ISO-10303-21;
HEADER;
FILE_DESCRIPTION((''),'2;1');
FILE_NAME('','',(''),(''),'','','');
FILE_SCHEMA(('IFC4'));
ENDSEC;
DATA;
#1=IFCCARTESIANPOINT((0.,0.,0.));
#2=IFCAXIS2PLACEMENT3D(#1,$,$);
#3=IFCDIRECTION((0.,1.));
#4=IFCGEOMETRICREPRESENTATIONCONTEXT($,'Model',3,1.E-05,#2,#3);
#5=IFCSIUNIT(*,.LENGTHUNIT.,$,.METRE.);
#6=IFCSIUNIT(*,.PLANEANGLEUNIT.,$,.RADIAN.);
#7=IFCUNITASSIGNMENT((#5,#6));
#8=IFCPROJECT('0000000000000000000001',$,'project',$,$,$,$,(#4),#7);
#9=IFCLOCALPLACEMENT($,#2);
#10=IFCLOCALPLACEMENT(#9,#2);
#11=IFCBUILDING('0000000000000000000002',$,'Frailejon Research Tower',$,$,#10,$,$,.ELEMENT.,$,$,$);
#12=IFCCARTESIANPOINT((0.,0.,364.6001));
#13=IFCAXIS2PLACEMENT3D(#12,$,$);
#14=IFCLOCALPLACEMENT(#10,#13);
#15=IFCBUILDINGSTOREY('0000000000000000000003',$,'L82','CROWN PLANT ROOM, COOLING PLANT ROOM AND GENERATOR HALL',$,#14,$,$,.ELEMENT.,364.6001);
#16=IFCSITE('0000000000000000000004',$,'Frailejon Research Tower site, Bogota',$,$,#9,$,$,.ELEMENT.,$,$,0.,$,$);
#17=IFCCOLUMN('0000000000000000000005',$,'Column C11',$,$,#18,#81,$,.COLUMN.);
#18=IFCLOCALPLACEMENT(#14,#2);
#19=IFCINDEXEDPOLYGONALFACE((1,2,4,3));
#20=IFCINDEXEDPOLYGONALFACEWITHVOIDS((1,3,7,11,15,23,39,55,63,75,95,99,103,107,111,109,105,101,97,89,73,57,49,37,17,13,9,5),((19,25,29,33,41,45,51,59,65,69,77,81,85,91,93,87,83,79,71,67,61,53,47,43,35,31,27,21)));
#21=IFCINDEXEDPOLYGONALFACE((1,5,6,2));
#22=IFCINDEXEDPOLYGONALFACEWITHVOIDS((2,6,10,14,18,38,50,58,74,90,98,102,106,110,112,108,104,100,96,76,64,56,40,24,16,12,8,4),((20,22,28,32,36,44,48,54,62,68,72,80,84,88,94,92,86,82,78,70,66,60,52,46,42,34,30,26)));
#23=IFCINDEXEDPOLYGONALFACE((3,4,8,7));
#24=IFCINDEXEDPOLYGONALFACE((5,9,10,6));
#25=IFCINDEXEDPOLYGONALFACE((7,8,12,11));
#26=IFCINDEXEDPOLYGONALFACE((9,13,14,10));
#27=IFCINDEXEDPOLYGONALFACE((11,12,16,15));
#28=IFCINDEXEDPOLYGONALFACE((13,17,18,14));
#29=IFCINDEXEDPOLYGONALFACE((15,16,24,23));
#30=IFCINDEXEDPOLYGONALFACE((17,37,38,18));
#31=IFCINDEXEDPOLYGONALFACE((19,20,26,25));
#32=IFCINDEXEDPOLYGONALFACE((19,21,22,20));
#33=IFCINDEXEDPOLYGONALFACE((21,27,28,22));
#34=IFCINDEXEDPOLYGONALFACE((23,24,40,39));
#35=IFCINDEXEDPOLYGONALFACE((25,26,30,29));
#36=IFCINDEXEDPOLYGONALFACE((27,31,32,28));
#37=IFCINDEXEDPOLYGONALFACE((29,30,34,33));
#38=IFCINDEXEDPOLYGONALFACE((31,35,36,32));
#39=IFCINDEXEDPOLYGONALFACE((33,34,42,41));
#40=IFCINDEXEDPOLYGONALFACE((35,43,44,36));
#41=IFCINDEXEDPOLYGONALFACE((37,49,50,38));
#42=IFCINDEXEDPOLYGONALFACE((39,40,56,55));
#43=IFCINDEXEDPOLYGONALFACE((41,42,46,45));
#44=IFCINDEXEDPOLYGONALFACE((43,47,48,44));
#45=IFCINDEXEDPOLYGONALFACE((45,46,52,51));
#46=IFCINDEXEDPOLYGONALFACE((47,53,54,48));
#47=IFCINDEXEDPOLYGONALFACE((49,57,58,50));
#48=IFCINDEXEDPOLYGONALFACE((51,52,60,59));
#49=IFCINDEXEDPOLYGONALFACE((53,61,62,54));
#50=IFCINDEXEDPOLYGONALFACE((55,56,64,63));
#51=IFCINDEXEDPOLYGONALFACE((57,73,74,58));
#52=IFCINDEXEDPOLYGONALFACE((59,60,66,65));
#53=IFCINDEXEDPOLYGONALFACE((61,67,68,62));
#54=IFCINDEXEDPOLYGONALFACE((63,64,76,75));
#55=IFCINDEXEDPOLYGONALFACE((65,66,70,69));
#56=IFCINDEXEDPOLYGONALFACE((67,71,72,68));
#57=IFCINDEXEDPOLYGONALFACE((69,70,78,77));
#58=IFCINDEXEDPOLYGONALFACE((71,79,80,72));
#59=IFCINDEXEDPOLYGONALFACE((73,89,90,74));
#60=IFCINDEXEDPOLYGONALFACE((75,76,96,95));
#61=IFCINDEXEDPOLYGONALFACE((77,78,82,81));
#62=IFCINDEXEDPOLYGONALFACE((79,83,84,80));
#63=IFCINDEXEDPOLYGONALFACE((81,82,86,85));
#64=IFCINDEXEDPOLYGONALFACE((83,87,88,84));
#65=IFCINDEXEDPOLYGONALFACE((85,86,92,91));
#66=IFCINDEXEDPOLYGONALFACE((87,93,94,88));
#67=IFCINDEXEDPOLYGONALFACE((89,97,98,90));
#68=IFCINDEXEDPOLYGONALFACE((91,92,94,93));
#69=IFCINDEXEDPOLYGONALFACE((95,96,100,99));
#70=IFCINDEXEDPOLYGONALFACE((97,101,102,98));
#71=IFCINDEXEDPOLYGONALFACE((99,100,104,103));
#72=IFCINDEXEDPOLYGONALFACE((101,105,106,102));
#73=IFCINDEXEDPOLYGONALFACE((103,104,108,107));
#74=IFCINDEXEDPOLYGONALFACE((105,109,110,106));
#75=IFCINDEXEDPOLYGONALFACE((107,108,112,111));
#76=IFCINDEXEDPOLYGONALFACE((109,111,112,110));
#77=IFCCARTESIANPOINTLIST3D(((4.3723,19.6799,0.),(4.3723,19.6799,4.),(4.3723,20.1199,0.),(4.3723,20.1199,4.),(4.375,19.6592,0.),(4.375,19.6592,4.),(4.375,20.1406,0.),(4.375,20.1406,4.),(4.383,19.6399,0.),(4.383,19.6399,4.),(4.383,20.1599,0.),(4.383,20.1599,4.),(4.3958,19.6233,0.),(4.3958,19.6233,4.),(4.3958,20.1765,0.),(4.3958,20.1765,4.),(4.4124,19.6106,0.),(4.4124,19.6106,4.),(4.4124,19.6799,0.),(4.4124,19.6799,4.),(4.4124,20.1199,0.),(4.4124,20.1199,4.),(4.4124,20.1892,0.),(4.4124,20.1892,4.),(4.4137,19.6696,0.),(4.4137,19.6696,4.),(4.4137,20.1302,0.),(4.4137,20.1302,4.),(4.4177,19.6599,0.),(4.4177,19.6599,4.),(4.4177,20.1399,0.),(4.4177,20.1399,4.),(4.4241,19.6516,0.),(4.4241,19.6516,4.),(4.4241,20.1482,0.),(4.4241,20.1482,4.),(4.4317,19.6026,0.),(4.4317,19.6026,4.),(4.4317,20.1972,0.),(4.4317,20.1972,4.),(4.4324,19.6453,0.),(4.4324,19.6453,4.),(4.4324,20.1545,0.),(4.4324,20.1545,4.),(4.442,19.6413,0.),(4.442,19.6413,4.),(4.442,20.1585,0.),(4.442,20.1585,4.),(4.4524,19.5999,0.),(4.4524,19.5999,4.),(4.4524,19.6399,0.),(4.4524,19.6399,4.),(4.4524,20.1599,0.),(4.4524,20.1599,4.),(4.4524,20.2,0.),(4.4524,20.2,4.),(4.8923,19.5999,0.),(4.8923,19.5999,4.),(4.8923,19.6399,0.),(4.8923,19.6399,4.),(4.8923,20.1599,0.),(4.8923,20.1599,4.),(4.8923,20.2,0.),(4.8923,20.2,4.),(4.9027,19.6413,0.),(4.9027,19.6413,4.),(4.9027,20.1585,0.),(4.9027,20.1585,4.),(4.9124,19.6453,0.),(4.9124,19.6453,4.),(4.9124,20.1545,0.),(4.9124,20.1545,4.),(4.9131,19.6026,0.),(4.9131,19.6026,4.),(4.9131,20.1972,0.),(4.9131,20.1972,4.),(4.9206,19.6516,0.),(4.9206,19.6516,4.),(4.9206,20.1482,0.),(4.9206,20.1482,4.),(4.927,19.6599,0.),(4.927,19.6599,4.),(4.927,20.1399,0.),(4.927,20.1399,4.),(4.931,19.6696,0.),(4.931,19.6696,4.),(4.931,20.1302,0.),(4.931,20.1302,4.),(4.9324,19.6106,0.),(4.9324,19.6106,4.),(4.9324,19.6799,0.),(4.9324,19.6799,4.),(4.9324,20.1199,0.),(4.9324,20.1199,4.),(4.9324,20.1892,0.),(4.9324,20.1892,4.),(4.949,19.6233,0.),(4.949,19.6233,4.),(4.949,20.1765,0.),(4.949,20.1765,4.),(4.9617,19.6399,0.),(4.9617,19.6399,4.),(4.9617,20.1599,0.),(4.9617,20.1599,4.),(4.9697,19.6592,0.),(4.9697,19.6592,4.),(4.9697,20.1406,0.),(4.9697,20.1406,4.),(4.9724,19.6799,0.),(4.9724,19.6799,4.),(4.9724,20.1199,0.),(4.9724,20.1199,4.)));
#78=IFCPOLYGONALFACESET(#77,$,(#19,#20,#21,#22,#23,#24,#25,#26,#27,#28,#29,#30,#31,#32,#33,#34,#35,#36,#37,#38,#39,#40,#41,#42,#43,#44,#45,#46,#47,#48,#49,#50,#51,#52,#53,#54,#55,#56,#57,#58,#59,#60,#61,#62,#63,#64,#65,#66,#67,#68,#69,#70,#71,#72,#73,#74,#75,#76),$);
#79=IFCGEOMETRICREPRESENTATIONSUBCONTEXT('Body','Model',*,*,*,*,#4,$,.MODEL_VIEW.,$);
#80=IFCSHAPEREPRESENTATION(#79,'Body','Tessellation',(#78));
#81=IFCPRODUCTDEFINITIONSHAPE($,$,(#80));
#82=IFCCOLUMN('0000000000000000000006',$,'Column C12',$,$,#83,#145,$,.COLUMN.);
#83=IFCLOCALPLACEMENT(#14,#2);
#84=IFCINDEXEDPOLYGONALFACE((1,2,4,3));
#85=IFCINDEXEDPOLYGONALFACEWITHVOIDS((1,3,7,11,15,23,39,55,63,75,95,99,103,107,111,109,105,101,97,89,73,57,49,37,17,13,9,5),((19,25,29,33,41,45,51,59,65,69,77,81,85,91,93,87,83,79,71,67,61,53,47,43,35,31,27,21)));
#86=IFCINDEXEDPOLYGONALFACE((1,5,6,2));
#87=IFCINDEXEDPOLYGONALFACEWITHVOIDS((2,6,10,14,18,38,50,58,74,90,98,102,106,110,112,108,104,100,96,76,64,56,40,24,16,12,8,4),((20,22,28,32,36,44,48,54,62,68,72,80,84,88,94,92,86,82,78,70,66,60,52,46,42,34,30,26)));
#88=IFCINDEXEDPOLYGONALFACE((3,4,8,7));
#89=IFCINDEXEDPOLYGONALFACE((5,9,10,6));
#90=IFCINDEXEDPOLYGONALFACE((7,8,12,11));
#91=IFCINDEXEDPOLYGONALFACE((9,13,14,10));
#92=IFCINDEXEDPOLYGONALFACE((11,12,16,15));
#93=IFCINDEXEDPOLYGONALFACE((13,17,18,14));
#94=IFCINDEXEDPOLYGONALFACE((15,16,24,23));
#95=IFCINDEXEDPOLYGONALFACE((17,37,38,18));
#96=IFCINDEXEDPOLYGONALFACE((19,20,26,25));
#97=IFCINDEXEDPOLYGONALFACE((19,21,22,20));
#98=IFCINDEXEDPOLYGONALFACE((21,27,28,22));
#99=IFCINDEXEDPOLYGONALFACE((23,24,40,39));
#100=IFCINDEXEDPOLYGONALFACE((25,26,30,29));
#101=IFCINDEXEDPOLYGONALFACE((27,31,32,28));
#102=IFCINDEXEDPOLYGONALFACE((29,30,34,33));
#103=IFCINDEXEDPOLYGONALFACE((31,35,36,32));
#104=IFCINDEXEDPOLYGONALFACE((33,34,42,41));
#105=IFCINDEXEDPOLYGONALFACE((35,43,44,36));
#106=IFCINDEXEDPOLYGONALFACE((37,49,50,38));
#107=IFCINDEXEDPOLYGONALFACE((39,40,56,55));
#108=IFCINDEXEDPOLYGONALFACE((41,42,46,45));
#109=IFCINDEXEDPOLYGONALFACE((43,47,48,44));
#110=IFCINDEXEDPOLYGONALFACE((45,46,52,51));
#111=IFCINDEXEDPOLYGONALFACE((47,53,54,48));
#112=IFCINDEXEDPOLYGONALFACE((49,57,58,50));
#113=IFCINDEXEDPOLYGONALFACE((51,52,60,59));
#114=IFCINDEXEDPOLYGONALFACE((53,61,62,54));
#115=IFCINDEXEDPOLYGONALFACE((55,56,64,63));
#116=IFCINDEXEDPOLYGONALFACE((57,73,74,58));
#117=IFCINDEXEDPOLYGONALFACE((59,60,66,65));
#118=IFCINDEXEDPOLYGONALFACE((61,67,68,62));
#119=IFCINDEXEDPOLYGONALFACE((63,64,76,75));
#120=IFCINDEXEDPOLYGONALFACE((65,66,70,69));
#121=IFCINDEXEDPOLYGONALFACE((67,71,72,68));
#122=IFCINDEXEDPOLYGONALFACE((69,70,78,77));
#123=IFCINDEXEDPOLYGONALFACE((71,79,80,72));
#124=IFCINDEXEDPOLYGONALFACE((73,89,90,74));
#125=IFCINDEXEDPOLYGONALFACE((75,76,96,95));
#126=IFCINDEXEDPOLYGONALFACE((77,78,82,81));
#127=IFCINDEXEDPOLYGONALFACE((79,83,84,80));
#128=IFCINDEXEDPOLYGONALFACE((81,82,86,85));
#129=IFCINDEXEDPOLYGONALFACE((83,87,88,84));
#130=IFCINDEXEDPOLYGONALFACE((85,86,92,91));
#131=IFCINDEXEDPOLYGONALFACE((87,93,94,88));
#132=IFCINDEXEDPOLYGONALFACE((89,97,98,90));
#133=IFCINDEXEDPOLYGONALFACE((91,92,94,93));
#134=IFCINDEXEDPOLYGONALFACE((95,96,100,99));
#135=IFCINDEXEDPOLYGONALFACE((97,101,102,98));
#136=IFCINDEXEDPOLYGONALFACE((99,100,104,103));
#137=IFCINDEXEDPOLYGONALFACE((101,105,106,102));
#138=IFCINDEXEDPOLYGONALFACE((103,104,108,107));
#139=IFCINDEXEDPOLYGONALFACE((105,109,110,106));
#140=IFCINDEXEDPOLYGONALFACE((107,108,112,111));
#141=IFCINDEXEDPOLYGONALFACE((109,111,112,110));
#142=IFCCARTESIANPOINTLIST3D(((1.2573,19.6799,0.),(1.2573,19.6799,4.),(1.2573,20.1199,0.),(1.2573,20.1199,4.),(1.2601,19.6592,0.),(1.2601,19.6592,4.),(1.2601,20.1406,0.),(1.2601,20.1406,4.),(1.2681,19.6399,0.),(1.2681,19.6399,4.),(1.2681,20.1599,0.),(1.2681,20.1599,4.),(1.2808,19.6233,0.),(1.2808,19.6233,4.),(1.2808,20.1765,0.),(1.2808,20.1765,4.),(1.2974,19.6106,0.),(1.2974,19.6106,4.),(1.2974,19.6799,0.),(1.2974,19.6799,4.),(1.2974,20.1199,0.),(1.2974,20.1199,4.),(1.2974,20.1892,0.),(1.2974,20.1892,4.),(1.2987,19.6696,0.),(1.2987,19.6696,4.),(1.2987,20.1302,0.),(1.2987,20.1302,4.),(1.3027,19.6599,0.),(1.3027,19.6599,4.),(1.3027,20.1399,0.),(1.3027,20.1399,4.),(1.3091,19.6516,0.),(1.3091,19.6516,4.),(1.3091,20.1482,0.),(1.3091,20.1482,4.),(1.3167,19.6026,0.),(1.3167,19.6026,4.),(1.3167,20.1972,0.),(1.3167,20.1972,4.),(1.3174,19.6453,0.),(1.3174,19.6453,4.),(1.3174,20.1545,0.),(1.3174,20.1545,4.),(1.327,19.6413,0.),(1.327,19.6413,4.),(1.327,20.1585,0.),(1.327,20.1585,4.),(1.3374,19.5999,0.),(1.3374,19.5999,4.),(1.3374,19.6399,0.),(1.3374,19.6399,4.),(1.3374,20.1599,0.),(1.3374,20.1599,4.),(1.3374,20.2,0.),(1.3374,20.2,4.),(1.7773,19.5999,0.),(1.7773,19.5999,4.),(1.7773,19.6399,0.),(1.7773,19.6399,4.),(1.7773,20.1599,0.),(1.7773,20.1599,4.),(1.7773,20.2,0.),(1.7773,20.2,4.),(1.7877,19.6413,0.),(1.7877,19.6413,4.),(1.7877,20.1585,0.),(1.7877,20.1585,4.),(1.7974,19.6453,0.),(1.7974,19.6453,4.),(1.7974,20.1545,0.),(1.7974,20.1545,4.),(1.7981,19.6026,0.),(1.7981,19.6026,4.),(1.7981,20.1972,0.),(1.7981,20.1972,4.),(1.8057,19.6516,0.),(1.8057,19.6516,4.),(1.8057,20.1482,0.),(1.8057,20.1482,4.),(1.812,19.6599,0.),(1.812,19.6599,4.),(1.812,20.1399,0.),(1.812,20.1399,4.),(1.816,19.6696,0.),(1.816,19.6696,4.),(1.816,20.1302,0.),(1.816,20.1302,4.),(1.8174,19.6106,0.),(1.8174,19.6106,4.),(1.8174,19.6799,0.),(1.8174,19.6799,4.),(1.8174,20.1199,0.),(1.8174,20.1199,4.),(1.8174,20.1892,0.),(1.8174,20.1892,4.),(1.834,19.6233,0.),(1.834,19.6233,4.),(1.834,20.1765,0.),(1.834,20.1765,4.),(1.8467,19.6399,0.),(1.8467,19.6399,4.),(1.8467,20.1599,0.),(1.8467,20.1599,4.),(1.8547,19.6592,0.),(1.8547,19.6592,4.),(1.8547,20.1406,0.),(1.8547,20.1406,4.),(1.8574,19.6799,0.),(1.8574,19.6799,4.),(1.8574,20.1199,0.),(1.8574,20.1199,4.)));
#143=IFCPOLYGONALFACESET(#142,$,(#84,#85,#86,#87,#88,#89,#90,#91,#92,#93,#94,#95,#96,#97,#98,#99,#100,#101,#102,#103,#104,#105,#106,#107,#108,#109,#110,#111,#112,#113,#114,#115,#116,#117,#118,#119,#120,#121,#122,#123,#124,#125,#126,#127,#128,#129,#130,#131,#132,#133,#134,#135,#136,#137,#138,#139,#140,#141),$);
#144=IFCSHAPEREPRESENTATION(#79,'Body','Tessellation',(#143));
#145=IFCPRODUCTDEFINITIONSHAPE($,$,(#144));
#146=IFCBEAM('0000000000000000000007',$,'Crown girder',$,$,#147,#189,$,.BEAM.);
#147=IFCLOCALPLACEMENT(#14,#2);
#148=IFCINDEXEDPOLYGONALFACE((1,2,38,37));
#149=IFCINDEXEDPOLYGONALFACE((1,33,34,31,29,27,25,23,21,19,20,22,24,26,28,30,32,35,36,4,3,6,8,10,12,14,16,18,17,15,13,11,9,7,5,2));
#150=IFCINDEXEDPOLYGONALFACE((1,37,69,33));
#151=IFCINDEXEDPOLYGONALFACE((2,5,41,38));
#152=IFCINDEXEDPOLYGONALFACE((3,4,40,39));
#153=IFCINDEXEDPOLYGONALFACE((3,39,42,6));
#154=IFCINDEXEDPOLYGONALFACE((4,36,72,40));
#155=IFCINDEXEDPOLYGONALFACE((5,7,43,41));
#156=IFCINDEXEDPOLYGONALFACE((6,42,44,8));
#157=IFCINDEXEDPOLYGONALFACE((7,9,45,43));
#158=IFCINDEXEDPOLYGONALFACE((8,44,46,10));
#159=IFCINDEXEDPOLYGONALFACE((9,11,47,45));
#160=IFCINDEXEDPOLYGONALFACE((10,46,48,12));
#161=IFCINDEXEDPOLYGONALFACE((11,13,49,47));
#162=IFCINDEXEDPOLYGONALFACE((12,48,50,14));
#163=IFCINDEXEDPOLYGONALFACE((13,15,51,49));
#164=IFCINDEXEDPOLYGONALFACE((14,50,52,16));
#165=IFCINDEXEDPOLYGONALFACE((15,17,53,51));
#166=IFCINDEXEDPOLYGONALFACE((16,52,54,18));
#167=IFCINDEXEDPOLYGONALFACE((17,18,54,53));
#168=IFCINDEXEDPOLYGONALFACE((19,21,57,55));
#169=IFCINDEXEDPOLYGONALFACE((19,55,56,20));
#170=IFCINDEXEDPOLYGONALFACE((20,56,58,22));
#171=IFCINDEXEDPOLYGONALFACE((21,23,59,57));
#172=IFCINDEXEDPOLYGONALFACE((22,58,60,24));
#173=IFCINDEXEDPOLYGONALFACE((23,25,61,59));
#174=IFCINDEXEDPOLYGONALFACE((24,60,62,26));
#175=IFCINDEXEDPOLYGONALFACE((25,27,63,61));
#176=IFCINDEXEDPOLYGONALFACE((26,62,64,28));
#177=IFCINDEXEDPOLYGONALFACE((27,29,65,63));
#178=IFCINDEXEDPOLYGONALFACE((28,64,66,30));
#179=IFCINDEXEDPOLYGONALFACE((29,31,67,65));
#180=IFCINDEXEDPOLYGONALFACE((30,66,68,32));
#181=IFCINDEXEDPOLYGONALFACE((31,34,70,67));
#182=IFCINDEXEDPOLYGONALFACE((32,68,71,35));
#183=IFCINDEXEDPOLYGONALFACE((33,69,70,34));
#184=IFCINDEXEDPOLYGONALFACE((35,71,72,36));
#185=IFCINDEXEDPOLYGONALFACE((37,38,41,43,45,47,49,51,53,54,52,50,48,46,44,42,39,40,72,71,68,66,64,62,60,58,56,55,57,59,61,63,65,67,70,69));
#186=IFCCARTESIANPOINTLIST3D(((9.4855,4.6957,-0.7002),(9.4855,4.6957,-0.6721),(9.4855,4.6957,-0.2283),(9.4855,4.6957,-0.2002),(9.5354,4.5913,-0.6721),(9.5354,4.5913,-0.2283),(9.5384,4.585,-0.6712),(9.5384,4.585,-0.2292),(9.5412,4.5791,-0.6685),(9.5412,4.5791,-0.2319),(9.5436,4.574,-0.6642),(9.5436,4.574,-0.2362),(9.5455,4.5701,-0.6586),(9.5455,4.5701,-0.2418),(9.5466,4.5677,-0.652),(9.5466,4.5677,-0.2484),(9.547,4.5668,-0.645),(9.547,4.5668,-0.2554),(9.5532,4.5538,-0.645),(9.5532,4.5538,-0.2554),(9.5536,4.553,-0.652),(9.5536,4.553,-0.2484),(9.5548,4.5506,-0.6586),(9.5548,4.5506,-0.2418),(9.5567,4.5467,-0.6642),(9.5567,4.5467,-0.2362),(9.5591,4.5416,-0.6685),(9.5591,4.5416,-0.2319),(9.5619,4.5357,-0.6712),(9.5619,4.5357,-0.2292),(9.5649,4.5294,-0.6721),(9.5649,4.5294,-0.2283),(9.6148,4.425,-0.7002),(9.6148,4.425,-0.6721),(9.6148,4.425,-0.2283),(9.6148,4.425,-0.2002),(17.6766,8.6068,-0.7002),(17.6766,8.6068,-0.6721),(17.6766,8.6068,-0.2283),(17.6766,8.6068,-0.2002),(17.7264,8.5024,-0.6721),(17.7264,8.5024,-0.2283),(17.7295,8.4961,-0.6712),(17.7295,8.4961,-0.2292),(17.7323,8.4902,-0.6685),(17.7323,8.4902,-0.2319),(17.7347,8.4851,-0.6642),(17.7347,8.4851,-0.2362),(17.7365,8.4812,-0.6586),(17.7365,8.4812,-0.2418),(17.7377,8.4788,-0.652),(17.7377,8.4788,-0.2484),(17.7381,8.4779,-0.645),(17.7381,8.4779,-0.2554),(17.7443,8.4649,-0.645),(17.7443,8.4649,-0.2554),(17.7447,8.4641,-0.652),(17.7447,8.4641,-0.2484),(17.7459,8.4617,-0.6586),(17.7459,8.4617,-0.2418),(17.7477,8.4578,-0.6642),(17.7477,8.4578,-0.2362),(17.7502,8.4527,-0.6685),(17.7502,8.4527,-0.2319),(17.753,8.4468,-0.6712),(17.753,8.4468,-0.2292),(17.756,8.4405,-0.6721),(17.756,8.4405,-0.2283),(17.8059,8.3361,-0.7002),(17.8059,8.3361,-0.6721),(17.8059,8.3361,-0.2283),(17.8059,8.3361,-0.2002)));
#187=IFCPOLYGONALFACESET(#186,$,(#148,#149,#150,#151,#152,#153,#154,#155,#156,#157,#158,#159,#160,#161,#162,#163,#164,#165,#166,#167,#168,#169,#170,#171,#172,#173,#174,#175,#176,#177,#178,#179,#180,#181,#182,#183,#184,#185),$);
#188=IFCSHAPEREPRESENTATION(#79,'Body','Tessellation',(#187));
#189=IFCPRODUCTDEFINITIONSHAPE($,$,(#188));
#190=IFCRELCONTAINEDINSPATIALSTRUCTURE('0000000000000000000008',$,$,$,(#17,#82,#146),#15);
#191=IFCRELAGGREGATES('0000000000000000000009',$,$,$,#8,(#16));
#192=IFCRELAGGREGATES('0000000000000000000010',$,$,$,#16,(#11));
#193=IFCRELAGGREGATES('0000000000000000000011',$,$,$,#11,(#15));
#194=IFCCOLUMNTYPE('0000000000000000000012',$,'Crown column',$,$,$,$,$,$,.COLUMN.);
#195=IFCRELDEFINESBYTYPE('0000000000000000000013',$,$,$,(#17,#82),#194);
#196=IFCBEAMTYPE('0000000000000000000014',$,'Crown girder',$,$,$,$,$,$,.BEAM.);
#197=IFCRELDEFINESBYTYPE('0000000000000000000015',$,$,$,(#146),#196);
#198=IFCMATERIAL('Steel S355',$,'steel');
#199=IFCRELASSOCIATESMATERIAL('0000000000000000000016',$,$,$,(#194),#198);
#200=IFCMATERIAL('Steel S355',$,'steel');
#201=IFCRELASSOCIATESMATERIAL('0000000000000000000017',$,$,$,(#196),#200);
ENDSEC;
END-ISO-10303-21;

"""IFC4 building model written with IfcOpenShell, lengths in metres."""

from ifc_helpers import new_model, si_unit, direction, frame, origin, origin_2d, place, context, subcontext, project, spatial, hollow_rectangle, i_section, extrude, material, material_profile, profile_set, type_object, element, save


model = new_model("IFC4")

# Units and contexts
model_context = context("Model", 3, precision=1e-05, world=origin(), true_north=direction((0.0, 1.0)))
body_context = subcontext(model_context, "Body", "Model", "MODEL_VIEW")
ifc_project = project(units=[si_unit("LENGTHUNIT", "METRE"), si_unit("PLANEANGLEUNIT", "RADIAN")], contexts=[model_context])

# Site, building, storey
site_placement = place(None, origin())
site = spatial("IfcSite", under=ifc_project, at=site_placement, Name="Frailejon Research Tower site, Bogota", CompositionType="ELEMENT", RefElevation=0.0)
building_placement = place(site_placement, origin())
building = spatial("IfcBuilding", under=site, at=building_placement, Name="Frailejon Research Tower", CompositionType="ELEMENT")
storey_placement = place(building_placement, frame((0.0, 0.0, 364.6001)))
storey = spatial("IfcBuildingStorey", under=building, at=storey_placement, Name="L82", Description="CROWN PLANT ROOM, COOLING PLANT ROOM AND GENERATOR HALL", CompositionType="ELEMENT", Elevation=364.6001)

# Columns
ifc_material_1 = material(Name="Steel S355", Category="steel")
ifc_material_profile_1 = material_profile(ifc_material_1, hollow_rectangle(XDim=0.6001, YDim=0.6001, WallThickness=0.04, InnerFilletRadius=0.04, OuterFilletRadius=0.0801, at=origin_2d()), Name="Crown column")
ifc_profile_set_1 = profile_set([ifc_material_profile_1], Name="Steel S355")
column_type = type_object("IfcColumnType", Name="Crown column", PredefinedType="COLUMN", material=ifc_profile_set_1)
for number, where, z_axis, x_axis, name in (
    (1, (4.6724, 19.8999, 0.0), (0.0, 0.0, 1.0), (-1.0, 0.0, 0.0), "Column C11"),
    (2, (1.5574, 19.8999, 0.0), (0.0, 0.0, 1.0), (-1.0, 0.0, 0.0), "Column C12"),
):
    element("IfcColumn", number, at=place(storey_placement, frame(where, z_axis=z_axis, x_axis=x_axis)), inside=storey, type_object=column_type, Name=name, PredefinedType="COLUMN", context=body_context, shape_type="SweptSolid", body=[
        extrude(hollow_rectangle(XDim=0.6001, YDim=0.6001, WallThickness=0.04, InnerFilletRadius=0.04, OuterFilletRadius=0.0801, at=origin_2d()), origin(), (0.0, 0.0, 1.0), 4.0),
    ])

# Beam
ifc_material_2 = material(Name="Steel S355", Category="steel")
ifc_material_profile_2 = material_profile(ifc_material_2, i_section(OverallWidth=0.3, OverallDepth=0.5, WebThickness=0.0144, FlangeThickness=0.0281, FilletRadius=0.0271, at=origin_2d()), Name="HE 500 B")
ifc_profile_set_2 = profile_set([ifc_material_profile_2], Name="Steel S355")
beam_type_1 = type_object("IfcBeamType", Name="Crown girder", PredefinedType="BEAM", material=ifc_profile_set_2)
beam_1_placement = place(storey_placement, frame((17.7412, 8.4714, -0.4502), z_axis=(-0.902408, -0.430883, 0.0), x_axis=(0.430883, -0.902408, 0.0)))
element("IfcBeam", 3, at=beam_1_placement, inside=storey, type_object=beam_type_1, Name="Crown girder", PredefinedType="BEAM", context=body_context, shape_type="SweptSolid", body=[
    extrude(i_section(OverallWidth=0.3, OverallDepth=0.5, WebThickness=0.0144, FlangeThickness=0.0281, FilletRadius=0.0271, at=origin_2d()), origin(), (0.0, 0.0, 1.0), 9.0769),
])

save(model, "model.ifc")
